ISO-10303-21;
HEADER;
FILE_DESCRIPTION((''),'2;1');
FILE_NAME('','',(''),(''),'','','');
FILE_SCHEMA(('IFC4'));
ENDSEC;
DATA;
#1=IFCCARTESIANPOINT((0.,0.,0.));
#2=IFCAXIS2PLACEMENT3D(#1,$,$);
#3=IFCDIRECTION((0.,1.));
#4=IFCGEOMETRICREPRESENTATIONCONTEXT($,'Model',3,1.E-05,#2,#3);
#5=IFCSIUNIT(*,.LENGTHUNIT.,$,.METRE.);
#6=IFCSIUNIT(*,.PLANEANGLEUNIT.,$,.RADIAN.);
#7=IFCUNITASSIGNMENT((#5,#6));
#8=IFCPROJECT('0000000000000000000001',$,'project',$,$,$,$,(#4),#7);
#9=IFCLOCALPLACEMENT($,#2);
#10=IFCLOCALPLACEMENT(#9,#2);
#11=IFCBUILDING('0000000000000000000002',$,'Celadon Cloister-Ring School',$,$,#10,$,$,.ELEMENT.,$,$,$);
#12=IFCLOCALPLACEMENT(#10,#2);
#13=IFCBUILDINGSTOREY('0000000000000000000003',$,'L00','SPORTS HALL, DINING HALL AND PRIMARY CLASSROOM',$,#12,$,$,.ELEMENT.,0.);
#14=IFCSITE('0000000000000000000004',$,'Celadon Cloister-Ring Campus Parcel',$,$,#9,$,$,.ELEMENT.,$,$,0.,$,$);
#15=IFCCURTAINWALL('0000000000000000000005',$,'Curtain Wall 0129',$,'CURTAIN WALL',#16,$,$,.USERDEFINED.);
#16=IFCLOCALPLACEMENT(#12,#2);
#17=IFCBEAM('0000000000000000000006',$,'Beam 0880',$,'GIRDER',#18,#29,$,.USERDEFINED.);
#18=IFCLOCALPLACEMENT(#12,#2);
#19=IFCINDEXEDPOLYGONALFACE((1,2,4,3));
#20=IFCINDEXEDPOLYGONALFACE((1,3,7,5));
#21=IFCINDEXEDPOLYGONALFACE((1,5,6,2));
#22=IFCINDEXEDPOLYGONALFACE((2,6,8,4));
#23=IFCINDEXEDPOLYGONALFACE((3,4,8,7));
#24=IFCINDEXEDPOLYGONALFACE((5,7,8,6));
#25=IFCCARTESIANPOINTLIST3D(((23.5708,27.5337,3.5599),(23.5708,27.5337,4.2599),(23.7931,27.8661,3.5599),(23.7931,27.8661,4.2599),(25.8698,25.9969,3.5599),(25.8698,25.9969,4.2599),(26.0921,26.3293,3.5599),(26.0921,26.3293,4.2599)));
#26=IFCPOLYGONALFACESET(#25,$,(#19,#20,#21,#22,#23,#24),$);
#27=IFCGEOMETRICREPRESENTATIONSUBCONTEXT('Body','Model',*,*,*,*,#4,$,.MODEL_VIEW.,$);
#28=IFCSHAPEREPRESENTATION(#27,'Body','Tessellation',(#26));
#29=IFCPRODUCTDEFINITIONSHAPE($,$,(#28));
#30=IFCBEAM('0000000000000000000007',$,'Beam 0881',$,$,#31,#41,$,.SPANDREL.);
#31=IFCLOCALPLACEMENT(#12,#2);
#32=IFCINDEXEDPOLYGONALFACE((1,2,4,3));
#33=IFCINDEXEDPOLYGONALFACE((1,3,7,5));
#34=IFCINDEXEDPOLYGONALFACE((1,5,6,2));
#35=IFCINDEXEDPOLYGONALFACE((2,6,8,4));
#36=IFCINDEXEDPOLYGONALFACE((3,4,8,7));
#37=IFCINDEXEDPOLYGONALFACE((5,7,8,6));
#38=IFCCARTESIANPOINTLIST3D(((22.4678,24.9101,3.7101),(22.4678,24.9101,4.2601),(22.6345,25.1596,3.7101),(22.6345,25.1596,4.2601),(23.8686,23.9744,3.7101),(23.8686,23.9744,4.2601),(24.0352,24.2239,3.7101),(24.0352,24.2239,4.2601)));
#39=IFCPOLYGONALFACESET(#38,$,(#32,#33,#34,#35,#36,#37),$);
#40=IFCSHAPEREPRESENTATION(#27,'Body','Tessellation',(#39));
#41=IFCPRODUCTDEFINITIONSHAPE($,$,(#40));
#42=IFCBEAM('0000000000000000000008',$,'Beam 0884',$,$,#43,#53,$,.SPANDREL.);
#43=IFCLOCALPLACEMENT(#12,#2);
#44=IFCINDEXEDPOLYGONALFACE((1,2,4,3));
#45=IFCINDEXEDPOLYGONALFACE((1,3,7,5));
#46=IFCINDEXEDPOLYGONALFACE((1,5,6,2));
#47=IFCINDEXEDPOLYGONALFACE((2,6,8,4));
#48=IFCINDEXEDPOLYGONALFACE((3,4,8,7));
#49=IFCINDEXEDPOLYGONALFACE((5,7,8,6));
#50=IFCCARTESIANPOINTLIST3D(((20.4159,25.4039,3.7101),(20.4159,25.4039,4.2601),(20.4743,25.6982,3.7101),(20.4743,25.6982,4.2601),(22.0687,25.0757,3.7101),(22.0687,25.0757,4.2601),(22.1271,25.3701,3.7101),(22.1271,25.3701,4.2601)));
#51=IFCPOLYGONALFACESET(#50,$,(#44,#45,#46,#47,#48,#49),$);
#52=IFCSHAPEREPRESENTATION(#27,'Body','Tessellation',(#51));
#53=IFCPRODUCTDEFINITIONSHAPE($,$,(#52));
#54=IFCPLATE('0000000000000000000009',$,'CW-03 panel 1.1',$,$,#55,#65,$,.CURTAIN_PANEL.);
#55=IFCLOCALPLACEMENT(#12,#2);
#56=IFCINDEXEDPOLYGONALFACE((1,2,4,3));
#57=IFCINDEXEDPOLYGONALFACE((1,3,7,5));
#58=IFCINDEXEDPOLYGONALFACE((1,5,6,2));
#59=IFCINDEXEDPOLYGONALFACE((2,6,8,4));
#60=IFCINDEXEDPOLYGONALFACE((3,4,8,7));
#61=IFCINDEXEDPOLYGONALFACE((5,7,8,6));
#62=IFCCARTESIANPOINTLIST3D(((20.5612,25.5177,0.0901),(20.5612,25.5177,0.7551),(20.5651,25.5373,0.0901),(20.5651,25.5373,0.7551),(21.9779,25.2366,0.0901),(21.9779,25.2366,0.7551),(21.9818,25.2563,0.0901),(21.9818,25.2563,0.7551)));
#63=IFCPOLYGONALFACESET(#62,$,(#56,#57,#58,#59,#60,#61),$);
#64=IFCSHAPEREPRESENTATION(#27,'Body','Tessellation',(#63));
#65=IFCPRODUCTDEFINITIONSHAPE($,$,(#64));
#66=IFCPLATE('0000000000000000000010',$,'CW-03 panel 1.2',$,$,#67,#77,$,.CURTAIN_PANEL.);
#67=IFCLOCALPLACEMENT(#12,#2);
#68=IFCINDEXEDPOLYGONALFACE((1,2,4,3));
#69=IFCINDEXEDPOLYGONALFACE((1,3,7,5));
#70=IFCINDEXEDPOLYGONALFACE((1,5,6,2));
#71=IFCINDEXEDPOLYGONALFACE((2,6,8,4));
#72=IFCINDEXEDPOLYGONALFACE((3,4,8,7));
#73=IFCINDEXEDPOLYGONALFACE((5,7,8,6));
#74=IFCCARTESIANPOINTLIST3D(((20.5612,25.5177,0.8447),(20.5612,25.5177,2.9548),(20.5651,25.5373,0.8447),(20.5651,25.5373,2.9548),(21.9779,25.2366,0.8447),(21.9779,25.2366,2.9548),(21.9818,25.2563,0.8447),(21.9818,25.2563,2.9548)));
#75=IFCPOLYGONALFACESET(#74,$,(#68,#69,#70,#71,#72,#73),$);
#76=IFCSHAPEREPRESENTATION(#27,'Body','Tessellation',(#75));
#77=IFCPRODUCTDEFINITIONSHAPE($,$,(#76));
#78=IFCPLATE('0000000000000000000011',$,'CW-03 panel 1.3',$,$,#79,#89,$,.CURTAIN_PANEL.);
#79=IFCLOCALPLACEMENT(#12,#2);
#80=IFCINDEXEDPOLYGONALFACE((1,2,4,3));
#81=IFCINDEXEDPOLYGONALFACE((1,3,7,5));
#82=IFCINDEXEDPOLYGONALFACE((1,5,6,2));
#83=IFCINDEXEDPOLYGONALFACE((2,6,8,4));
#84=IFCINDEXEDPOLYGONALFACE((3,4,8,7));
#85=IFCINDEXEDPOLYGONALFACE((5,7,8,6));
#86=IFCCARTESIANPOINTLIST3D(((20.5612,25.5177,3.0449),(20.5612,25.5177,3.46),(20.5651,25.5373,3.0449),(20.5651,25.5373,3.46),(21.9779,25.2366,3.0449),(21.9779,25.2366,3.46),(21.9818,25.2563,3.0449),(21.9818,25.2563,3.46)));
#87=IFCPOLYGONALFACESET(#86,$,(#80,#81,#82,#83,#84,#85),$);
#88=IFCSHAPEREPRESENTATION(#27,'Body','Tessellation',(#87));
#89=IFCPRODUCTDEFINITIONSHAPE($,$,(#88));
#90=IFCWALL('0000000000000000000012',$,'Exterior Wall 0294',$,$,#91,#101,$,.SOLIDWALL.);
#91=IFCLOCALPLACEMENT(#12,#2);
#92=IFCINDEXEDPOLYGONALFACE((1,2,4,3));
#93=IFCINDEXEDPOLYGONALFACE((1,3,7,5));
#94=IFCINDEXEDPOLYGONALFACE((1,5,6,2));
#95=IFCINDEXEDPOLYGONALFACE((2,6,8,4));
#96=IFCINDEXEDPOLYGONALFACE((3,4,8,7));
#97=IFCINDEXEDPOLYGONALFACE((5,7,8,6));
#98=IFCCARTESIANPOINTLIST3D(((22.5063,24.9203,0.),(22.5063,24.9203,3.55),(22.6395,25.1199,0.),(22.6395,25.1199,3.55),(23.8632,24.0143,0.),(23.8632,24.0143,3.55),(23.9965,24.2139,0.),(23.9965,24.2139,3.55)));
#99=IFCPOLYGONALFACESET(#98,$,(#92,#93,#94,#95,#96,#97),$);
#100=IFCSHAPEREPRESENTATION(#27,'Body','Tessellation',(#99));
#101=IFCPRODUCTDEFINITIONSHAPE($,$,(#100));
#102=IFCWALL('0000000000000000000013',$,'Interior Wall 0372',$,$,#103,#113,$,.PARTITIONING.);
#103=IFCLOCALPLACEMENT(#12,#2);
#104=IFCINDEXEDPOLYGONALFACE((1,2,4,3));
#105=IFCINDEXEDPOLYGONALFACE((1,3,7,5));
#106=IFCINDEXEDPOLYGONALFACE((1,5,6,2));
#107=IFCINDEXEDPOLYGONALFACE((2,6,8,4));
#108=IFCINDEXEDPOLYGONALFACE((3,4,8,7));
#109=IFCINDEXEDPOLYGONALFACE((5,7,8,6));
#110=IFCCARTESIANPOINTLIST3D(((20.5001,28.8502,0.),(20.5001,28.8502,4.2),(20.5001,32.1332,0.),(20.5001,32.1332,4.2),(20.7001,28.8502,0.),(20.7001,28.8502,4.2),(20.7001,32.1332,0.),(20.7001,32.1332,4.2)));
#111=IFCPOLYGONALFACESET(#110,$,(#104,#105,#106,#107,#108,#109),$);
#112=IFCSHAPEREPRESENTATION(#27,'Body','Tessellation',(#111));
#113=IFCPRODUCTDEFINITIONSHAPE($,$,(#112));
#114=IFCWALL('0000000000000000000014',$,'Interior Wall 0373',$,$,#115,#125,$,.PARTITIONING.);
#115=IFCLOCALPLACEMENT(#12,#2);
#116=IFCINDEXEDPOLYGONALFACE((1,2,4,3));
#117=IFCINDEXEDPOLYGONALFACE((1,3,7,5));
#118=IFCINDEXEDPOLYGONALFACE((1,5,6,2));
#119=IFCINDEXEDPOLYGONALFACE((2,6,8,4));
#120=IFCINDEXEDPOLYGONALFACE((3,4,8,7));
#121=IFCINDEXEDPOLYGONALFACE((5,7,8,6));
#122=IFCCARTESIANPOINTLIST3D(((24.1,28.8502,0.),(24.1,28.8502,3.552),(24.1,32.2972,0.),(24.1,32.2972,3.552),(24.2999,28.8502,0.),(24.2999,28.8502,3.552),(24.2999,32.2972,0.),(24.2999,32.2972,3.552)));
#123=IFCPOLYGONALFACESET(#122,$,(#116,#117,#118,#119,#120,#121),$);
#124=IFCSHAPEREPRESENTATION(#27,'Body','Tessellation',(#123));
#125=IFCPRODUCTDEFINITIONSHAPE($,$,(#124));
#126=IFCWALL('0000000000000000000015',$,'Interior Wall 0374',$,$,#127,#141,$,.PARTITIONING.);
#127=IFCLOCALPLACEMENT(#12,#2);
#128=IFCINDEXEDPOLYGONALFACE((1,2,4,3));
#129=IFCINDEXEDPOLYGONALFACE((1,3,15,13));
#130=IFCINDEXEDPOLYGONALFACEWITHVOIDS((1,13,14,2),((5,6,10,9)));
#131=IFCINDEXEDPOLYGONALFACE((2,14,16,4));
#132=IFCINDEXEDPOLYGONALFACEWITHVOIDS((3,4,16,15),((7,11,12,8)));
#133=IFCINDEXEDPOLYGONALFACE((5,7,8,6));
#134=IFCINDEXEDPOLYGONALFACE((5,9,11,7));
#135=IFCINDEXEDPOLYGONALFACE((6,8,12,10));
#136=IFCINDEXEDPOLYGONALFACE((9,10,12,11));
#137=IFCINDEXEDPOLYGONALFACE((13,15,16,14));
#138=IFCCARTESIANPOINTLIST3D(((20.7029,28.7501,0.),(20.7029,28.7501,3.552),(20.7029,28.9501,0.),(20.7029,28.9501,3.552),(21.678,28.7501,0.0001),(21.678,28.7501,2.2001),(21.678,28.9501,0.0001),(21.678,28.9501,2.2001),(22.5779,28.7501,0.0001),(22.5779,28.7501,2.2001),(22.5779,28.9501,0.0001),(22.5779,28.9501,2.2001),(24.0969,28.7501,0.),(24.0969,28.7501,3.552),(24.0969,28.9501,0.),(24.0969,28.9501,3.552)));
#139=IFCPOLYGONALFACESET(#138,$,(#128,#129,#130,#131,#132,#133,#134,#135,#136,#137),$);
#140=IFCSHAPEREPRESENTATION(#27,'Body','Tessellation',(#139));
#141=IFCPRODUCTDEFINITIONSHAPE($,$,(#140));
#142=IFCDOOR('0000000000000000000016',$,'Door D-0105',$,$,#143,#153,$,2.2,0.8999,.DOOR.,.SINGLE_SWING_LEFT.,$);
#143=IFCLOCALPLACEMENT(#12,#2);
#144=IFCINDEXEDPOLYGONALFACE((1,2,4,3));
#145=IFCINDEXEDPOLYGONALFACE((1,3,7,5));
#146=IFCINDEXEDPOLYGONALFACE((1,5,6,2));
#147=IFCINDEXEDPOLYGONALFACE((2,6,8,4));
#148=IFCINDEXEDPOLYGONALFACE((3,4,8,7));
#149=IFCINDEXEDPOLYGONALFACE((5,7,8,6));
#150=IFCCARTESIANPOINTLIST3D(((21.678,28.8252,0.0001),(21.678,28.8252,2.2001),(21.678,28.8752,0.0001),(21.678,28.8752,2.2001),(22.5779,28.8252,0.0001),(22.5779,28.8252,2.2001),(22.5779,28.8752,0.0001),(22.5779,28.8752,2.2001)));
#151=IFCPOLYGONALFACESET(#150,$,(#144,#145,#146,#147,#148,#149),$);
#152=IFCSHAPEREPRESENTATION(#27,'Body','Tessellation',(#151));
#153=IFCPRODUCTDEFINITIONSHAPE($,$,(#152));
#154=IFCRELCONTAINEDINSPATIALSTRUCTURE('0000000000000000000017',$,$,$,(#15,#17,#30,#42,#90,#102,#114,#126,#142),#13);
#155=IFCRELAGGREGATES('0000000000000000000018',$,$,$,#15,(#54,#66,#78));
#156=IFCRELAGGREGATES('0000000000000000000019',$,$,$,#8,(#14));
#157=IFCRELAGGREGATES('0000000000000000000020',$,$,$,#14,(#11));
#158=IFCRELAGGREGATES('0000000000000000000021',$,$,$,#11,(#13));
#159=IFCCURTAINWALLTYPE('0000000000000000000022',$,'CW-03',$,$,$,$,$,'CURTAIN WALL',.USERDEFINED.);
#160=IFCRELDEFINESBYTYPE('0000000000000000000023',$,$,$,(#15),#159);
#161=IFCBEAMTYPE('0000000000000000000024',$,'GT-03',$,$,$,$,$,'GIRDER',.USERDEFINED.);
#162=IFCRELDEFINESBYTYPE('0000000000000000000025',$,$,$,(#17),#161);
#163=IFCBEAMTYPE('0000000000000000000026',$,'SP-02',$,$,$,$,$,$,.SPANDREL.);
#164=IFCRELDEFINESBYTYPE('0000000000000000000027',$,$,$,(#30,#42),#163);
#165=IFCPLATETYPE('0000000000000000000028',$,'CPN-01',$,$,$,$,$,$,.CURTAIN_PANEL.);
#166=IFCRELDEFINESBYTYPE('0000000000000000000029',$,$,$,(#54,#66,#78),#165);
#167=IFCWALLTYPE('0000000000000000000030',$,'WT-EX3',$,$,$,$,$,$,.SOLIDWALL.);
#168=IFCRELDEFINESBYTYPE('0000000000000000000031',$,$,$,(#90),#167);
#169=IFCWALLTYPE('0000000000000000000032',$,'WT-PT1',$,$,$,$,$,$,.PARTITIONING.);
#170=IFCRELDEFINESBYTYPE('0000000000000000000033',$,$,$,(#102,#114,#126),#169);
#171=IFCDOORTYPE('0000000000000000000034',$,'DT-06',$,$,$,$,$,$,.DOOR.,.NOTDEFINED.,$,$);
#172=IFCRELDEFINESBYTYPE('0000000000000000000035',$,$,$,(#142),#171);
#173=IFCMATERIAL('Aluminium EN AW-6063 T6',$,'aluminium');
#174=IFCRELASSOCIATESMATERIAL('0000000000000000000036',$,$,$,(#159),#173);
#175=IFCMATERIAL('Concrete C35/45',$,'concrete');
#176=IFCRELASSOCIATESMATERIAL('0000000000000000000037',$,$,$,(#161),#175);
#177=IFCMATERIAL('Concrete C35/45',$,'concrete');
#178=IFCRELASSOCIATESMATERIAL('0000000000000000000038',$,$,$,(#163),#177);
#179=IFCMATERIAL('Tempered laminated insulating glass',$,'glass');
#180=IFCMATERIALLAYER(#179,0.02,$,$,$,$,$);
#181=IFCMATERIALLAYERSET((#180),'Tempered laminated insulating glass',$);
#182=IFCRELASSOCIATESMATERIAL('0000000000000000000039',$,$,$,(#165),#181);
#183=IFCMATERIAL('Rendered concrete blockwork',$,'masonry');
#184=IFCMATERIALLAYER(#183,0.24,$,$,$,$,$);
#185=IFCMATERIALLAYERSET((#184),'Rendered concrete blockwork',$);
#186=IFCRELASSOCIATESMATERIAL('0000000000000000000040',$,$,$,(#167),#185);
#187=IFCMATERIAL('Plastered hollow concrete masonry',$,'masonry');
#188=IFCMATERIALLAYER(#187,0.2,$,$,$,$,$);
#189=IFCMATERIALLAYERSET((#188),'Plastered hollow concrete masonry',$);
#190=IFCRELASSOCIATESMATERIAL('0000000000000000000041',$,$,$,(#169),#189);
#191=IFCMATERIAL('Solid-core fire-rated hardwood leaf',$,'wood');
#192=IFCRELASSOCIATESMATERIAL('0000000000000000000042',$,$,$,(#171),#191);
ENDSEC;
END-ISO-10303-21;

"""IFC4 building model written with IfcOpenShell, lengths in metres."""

from ifc_helpers import new_model, si_unit, direction, frame, frame_2d, origin, origin_2d, place, context, subcontext, project, spatial, rectangle, extrude, material, layer, layer_set, material_profile, profile_set, type_object, element, fill, aggregate, save


model = new_model("IFC4")

# Units and contexts
model_context = context("Model", 3, precision=1e-05, world=origin(), true_north=direction((0.0, 1.0)))
body_context = subcontext(model_context, "Body", "Model", "MODEL_VIEW")
ifc_project = project(units=[si_unit("LENGTHUNIT", "METRE"), si_unit("PLANEANGLEUNIT", "RADIAN")], contexts=[model_context])

# Site, building, storey
site_placement = place(None, origin())
site = spatial("IfcSite", under=ifc_project, at=site_placement, Name="Celadon Cloister-Ring Campus Parcel", CompositionType="ELEMENT", RefElevation=0.0)
building_placement = place(site_placement, origin())
building = spatial("IfcBuilding", under=site, at=building_placement, Name="Celadon Cloister-Ring School", CompositionType="ELEMENT")
storey_placement = place(building_placement, origin())
storey = spatial("IfcBuildingStorey", under=building, at=storey_placement, Name="L00", Description="SPORTS HALL, DINING HALL AND PRIMARY CLASSROOM", CompositionType="ELEMENT", Elevation=0.0)

# Shared definitions
ifc_material_1 = material(Name="Aluminium EN AW-6063 T6", Category="aluminium")
curtain_wall_type = type_object("IfcCurtainWallType", Name="CW-03", ElementType="CURTAIN WALL", PredefinedType="USERDEFINED", material=ifc_material_1)

# Curtain wall
curtain_wall_1_placement = place(storey_placement, origin())
curtain_wall_1 = element("IfcCurtainWall", 1, at=curtain_wall_1_placement, inside=storey, type_object=curtain_wall_type, Name="Curtain Wall 0129", ObjectType="CURTAIN WALL", PredefinedType="USERDEFINED")

# Beams
ifc_material_2 = material(Name="Concrete C35/45", Category="concrete")
ifc_material_profile_1 = material_profile(ifc_material_2, rectangle(XDim=0.3999, YDim=0.7, at=origin_2d()), Name="RC400X700")
ifc_profile_set_1 = profile_set([ifc_material_profile_1], Name="Concrete C35/45")
beam_type_1 = type_object("IfcBeamType", Name="GT-03", ElementType="GIRDER", PredefinedType="USERDEFINED", material=ifc_profile_set_1)
beam_1_placement = place(storey_placement, frame((25.981, 26.1631, 3.9099), z_axis=(-0.831357, 0.555739, 0.0), x_axis=(-0.555739, -0.831357, 0.0)))
element("IfcBeam", 2, at=beam_1_placement, inside=storey, type_object=beam_type_1, Name="Beam 0880", ObjectType="GIRDER", PredefinedType="USERDEFINED", context=body_context, shape_type="SweptSolid", body=[
    extrude(rectangle(XDim=0.3999, YDim=0.7, at=origin_2d()), origin(), (0.0, 0.0, 1.0), 2.7654),
])
ifc_material_3 = material(Name="Concrete C35/45", Category="concrete")
ifc_material_profile_2 = material_profile(ifc_material_3, rectangle(XDim=0.3, YDim=0.55, at=origin_2d()), Name="RC300X550")
ifc_profile_set_2 = profile_set([ifc_material_profile_2], Name="Concrete C35/45")
beam_type_2 = type_object("IfcBeamType", Name="SP-02", PredefinedType="SPANDREL", material=ifc_profile_set_2)
beam_2_placement = place(storey_placement, frame((23.9519, 24.0991, 3.9851), z_axis=(-0.831537, 0.555469, 0.0), x_axis=(-0.555469, -0.831537, 0.0)))
element("IfcBeam", 3, at=beam_2_placement, inside=storey, type_object=beam_type_2, Name="Beam 0881", PredefinedType="SPANDREL", context=body_context, shape_type="SweptSolid", body=[
    extrude(rectangle(XDim=0.3, YDim=0.55, at=origin_2d()), origin(), (0.0, 0.0, 1.0), 1.6846),
])
beam_3_placement = place(storey_placement, frame((22.0979, 25.2229, 3.9851), z_axis=(-0.980858, 0.194723, 0.0), x_axis=(-0.194723, -0.980858, 0.0)))
element("IfcBeam", 4, at=beam_3_placement, inside=storey, type_object=beam_type_2, Name="Beam 0884", PredefinedType="SPANDREL", context=body_context, shape_type="SweptSolid", body=[
    extrude(rectangle(XDim=0.3, YDim=0.55, at=origin_2d()), origin(), (0.0, 0.0, 1.0), 1.6851),
])

# Plates
ifc_material_4 = material(Name="Tempered laminated insulating glass", Category="glass")
ifc_layer_1 = layer(ifc_material_4, 0.02)
ifc_layer_set_1 = layer_set([ifc_layer_1], Name="Tempered laminated insulating glass")
plate_type = type_object("IfcPlateType", Name="CPN-01", PredefinedType="CURTAIN_PANEL", material=ifc_layer_set_1)
plate_1_placement = place(storey_placement, frame((21.2715, 25.387, 0.0901), z_axis=(0.0, 0.0, 1.0), x_axis=(-0.980885, 0.194586, 0.0)))
plate_1 = element("IfcPlate", 5, at=plate_1_placement, type_object=plate_type, Name="CW-03 panel 1.1", PredefinedType="CURTAIN_PANEL", context=body_context, shape_type="SweptSolid", body=[
    extrude(rectangle(XDim=1.4443, YDim=0.02, at=origin_2d()), origin(), (0.0, 0.0, 1.0), 0.665),
])
plate_2_placement = place(storey_placement, frame((21.2715, 25.387, 0.8447), z_axis=(0.0, 0.0, 1.0), x_axis=(-0.980885, 0.194586, 0.0)))
plate_2 = element("IfcPlate", 6, at=plate_2_placement, type_object=plate_type, Name="CW-03 panel 1.2", PredefinedType="CURTAIN_PANEL", context=body_context, shape_type="SweptSolid", body=[
    extrude(rectangle(XDim=1.4443, YDim=0.02, at=origin_2d()), origin(), (0.0, 0.0, 1.0), 2.1101),
])
plate_3_placement = place(storey_placement, frame((21.2715, 25.387, 3.0449), z_axis=(0.0, 0.0, 1.0), x_axis=(-0.980885, 0.194586, 0.0)))
plate_3 = element("IfcPlate", 7, at=plate_3_placement, type_object=plate_type, Name="CW-03 panel 1.3", PredefinedType="CURTAIN_PANEL", context=body_context, shape_type="SweptSolid", body=[
    extrude(rectangle(XDim=1.4443, YDim=0.02, at=origin_2d()), origin(), (0.0, 0.0, 1.0), 0.415),
])
aggregate(curtain_wall_1, [plate_1, plate_2, plate_3])

# Walls
ifc_material_5 = material(Name="Rendered concrete blockwork", Category="masonry")
ifc_layer_2 = layer(ifc_material_5, 0.24)
ifc_layer_set_2 = layer_set([ifc_layer_2], Name="Rendered concrete blockwork")
wall_type_1 = type_object("IfcWallType", Name="WT-EX3", PredefinedType="SOLIDWALL", material=ifc_layer_set_2)
wall_1_placement = place(storey_placement, frame((23.9299, 24.114, 0.0), z_axis=(0.0, 0.0, 1.0), x_axis=(-0.831659, 0.555287, 0.0)))
element("IfcWall", 8, at=wall_1_placement, inside=storey, type_object=wall_type_1, Name="Exterior Wall 0294", PredefinedType="SOLIDWALL", context=body_context, shape_type="SweptSolid", body=[
    extrude(rectangle(XDim=1.6316, YDim=0.24, at=frame_2d((0.8159, 0.0))), origin(), (0.0, 0.0, 1.0), 3.55),
])
ifc_material_6 = material(Name="Plastered hollow concrete masonry", Category="masonry")
ifc_layer_3 = layer(ifc_material_6, 0.2)
ifc_layer_set_3 = layer_set([ifc_layer_3], Name="Plastered hollow concrete masonry")
wall_type_2 = type_object("IfcWallType", Name="WT-PT1", PredefinedType="PARTITIONING", material=ifc_layer_set_3)
wall_2_placement = place(storey_placement, frame((20.6001, 28.8501, 0.0), z_axis=(0.0, 0.0, 1.0), x_axis=(0.0, 1.0, 0.0)))
element("IfcWall", 9, at=wall_2_placement, inside=storey, type_object=wall_type_2, Name="Interior Wall 0372", PredefinedType="PARTITIONING", context=body_context, shape_type="SweptSolid", body=[
    extrude(rectangle(XDim=3.283, YDim=0.2, at=frame_2d((1.6416, 0.0))), origin(), (0.0, 0.0, 1.0), 4.2),
])
wall_3_placement = place(storey_placement, frame((24.2, 28.8501, 0.0), z_axis=(0.0, 0.0, 1.0), x_axis=(0.0, 1.0, 0.0)))
element("IfcWall", 10, at=wall_3_placement, inside=storey, type_object=wall_type_2, Name="Interior Wall 0373", PredefinedType="PARTITIONING", context=body_context, shape_type="SweptSolid", body=[
    extrude(rectangle(XDim=3.447, YDim=0.2, at=frame_2d((1.7236, 0.0))), origin(), (0.0, 0.0, 1.0), 3.552),
])

# Wall, opening, door
wall_4_placement = place(storey_placement, frame((24.0969, 28.8501, 0.0), z_axis=(0.0, 0.0, 1.0), x_axis=(-1.0, 0.0, 0.0)))
wall_4 = element("IfcWall", 11, at=wall_4_placement, inside=storey, type_object=wall_type_2, Name="Interior Wall 0374", PredefinedType="PARTITIONING", context=body_context, shape_type="SweptSolid", body=[
    extrude(rectangle(XDim=3.394, YDim=0.2, at=frame_2d((1.697, 0.0))), origin(), (0.0, 0.0, 1.0), 3.552),
])
opening_1_placement = place(wall_4_placement, frame((1.519, 0.0, 0.0)))
opening_1 = element("IfcOpeningElement", 12, at=opening_1_placement, cuts=wall_4, PredefinedType="OPENING", context=body_context, shape_type="SweptSolid", body=[
    extrude(rectangle(XDim=0.8999, YDim=2.2, at=frame_2d((0.45, 1.1001))), frame((0.0, 0.1099, 0.0), z_axis=(0.0, -1.0, 0.0), x_axis=(1.0, 0.0, 0.0)), (0.0, 0.0, 1.0), 0.22),
])
ifc_material_7 = material(Name="Solid-core fire-rated hardwood leaf", Category="wood")
door_type_1 = type_object("IfcDoorType", Name="DT-06", OperationType="NOTDEFINED", PredefinedType="DOOR", material=ifc_material_7)
door_1_placement = place(opening_1_placement, origin())
door_1 = element("IfcDoor", 13, at=door_1_placement, inside=storey, type_object=door_type_1, Name="Door D-0105", OperationType="SINGLE_SWING_LEFT", OverallHeight=2.2, OverallWidth=0.8999, PredefinedType="DOOR", context=body_context, shape_type="SweptSolid", body=[
    extrude(rectangle(XDim=0.8999, YDim=2.2, at=frame_2d((0.45, 1.1001))), frame((0.0, 0.0249, 0.0), z_axis=(0.0, -1.0, 0.0), x_axis=(1.0, 0.0, 0.0)), (0.0, 0.0, 1.0), 0.05),
])
fill(opening_1, door_1)

save(model, "model.ifc")
